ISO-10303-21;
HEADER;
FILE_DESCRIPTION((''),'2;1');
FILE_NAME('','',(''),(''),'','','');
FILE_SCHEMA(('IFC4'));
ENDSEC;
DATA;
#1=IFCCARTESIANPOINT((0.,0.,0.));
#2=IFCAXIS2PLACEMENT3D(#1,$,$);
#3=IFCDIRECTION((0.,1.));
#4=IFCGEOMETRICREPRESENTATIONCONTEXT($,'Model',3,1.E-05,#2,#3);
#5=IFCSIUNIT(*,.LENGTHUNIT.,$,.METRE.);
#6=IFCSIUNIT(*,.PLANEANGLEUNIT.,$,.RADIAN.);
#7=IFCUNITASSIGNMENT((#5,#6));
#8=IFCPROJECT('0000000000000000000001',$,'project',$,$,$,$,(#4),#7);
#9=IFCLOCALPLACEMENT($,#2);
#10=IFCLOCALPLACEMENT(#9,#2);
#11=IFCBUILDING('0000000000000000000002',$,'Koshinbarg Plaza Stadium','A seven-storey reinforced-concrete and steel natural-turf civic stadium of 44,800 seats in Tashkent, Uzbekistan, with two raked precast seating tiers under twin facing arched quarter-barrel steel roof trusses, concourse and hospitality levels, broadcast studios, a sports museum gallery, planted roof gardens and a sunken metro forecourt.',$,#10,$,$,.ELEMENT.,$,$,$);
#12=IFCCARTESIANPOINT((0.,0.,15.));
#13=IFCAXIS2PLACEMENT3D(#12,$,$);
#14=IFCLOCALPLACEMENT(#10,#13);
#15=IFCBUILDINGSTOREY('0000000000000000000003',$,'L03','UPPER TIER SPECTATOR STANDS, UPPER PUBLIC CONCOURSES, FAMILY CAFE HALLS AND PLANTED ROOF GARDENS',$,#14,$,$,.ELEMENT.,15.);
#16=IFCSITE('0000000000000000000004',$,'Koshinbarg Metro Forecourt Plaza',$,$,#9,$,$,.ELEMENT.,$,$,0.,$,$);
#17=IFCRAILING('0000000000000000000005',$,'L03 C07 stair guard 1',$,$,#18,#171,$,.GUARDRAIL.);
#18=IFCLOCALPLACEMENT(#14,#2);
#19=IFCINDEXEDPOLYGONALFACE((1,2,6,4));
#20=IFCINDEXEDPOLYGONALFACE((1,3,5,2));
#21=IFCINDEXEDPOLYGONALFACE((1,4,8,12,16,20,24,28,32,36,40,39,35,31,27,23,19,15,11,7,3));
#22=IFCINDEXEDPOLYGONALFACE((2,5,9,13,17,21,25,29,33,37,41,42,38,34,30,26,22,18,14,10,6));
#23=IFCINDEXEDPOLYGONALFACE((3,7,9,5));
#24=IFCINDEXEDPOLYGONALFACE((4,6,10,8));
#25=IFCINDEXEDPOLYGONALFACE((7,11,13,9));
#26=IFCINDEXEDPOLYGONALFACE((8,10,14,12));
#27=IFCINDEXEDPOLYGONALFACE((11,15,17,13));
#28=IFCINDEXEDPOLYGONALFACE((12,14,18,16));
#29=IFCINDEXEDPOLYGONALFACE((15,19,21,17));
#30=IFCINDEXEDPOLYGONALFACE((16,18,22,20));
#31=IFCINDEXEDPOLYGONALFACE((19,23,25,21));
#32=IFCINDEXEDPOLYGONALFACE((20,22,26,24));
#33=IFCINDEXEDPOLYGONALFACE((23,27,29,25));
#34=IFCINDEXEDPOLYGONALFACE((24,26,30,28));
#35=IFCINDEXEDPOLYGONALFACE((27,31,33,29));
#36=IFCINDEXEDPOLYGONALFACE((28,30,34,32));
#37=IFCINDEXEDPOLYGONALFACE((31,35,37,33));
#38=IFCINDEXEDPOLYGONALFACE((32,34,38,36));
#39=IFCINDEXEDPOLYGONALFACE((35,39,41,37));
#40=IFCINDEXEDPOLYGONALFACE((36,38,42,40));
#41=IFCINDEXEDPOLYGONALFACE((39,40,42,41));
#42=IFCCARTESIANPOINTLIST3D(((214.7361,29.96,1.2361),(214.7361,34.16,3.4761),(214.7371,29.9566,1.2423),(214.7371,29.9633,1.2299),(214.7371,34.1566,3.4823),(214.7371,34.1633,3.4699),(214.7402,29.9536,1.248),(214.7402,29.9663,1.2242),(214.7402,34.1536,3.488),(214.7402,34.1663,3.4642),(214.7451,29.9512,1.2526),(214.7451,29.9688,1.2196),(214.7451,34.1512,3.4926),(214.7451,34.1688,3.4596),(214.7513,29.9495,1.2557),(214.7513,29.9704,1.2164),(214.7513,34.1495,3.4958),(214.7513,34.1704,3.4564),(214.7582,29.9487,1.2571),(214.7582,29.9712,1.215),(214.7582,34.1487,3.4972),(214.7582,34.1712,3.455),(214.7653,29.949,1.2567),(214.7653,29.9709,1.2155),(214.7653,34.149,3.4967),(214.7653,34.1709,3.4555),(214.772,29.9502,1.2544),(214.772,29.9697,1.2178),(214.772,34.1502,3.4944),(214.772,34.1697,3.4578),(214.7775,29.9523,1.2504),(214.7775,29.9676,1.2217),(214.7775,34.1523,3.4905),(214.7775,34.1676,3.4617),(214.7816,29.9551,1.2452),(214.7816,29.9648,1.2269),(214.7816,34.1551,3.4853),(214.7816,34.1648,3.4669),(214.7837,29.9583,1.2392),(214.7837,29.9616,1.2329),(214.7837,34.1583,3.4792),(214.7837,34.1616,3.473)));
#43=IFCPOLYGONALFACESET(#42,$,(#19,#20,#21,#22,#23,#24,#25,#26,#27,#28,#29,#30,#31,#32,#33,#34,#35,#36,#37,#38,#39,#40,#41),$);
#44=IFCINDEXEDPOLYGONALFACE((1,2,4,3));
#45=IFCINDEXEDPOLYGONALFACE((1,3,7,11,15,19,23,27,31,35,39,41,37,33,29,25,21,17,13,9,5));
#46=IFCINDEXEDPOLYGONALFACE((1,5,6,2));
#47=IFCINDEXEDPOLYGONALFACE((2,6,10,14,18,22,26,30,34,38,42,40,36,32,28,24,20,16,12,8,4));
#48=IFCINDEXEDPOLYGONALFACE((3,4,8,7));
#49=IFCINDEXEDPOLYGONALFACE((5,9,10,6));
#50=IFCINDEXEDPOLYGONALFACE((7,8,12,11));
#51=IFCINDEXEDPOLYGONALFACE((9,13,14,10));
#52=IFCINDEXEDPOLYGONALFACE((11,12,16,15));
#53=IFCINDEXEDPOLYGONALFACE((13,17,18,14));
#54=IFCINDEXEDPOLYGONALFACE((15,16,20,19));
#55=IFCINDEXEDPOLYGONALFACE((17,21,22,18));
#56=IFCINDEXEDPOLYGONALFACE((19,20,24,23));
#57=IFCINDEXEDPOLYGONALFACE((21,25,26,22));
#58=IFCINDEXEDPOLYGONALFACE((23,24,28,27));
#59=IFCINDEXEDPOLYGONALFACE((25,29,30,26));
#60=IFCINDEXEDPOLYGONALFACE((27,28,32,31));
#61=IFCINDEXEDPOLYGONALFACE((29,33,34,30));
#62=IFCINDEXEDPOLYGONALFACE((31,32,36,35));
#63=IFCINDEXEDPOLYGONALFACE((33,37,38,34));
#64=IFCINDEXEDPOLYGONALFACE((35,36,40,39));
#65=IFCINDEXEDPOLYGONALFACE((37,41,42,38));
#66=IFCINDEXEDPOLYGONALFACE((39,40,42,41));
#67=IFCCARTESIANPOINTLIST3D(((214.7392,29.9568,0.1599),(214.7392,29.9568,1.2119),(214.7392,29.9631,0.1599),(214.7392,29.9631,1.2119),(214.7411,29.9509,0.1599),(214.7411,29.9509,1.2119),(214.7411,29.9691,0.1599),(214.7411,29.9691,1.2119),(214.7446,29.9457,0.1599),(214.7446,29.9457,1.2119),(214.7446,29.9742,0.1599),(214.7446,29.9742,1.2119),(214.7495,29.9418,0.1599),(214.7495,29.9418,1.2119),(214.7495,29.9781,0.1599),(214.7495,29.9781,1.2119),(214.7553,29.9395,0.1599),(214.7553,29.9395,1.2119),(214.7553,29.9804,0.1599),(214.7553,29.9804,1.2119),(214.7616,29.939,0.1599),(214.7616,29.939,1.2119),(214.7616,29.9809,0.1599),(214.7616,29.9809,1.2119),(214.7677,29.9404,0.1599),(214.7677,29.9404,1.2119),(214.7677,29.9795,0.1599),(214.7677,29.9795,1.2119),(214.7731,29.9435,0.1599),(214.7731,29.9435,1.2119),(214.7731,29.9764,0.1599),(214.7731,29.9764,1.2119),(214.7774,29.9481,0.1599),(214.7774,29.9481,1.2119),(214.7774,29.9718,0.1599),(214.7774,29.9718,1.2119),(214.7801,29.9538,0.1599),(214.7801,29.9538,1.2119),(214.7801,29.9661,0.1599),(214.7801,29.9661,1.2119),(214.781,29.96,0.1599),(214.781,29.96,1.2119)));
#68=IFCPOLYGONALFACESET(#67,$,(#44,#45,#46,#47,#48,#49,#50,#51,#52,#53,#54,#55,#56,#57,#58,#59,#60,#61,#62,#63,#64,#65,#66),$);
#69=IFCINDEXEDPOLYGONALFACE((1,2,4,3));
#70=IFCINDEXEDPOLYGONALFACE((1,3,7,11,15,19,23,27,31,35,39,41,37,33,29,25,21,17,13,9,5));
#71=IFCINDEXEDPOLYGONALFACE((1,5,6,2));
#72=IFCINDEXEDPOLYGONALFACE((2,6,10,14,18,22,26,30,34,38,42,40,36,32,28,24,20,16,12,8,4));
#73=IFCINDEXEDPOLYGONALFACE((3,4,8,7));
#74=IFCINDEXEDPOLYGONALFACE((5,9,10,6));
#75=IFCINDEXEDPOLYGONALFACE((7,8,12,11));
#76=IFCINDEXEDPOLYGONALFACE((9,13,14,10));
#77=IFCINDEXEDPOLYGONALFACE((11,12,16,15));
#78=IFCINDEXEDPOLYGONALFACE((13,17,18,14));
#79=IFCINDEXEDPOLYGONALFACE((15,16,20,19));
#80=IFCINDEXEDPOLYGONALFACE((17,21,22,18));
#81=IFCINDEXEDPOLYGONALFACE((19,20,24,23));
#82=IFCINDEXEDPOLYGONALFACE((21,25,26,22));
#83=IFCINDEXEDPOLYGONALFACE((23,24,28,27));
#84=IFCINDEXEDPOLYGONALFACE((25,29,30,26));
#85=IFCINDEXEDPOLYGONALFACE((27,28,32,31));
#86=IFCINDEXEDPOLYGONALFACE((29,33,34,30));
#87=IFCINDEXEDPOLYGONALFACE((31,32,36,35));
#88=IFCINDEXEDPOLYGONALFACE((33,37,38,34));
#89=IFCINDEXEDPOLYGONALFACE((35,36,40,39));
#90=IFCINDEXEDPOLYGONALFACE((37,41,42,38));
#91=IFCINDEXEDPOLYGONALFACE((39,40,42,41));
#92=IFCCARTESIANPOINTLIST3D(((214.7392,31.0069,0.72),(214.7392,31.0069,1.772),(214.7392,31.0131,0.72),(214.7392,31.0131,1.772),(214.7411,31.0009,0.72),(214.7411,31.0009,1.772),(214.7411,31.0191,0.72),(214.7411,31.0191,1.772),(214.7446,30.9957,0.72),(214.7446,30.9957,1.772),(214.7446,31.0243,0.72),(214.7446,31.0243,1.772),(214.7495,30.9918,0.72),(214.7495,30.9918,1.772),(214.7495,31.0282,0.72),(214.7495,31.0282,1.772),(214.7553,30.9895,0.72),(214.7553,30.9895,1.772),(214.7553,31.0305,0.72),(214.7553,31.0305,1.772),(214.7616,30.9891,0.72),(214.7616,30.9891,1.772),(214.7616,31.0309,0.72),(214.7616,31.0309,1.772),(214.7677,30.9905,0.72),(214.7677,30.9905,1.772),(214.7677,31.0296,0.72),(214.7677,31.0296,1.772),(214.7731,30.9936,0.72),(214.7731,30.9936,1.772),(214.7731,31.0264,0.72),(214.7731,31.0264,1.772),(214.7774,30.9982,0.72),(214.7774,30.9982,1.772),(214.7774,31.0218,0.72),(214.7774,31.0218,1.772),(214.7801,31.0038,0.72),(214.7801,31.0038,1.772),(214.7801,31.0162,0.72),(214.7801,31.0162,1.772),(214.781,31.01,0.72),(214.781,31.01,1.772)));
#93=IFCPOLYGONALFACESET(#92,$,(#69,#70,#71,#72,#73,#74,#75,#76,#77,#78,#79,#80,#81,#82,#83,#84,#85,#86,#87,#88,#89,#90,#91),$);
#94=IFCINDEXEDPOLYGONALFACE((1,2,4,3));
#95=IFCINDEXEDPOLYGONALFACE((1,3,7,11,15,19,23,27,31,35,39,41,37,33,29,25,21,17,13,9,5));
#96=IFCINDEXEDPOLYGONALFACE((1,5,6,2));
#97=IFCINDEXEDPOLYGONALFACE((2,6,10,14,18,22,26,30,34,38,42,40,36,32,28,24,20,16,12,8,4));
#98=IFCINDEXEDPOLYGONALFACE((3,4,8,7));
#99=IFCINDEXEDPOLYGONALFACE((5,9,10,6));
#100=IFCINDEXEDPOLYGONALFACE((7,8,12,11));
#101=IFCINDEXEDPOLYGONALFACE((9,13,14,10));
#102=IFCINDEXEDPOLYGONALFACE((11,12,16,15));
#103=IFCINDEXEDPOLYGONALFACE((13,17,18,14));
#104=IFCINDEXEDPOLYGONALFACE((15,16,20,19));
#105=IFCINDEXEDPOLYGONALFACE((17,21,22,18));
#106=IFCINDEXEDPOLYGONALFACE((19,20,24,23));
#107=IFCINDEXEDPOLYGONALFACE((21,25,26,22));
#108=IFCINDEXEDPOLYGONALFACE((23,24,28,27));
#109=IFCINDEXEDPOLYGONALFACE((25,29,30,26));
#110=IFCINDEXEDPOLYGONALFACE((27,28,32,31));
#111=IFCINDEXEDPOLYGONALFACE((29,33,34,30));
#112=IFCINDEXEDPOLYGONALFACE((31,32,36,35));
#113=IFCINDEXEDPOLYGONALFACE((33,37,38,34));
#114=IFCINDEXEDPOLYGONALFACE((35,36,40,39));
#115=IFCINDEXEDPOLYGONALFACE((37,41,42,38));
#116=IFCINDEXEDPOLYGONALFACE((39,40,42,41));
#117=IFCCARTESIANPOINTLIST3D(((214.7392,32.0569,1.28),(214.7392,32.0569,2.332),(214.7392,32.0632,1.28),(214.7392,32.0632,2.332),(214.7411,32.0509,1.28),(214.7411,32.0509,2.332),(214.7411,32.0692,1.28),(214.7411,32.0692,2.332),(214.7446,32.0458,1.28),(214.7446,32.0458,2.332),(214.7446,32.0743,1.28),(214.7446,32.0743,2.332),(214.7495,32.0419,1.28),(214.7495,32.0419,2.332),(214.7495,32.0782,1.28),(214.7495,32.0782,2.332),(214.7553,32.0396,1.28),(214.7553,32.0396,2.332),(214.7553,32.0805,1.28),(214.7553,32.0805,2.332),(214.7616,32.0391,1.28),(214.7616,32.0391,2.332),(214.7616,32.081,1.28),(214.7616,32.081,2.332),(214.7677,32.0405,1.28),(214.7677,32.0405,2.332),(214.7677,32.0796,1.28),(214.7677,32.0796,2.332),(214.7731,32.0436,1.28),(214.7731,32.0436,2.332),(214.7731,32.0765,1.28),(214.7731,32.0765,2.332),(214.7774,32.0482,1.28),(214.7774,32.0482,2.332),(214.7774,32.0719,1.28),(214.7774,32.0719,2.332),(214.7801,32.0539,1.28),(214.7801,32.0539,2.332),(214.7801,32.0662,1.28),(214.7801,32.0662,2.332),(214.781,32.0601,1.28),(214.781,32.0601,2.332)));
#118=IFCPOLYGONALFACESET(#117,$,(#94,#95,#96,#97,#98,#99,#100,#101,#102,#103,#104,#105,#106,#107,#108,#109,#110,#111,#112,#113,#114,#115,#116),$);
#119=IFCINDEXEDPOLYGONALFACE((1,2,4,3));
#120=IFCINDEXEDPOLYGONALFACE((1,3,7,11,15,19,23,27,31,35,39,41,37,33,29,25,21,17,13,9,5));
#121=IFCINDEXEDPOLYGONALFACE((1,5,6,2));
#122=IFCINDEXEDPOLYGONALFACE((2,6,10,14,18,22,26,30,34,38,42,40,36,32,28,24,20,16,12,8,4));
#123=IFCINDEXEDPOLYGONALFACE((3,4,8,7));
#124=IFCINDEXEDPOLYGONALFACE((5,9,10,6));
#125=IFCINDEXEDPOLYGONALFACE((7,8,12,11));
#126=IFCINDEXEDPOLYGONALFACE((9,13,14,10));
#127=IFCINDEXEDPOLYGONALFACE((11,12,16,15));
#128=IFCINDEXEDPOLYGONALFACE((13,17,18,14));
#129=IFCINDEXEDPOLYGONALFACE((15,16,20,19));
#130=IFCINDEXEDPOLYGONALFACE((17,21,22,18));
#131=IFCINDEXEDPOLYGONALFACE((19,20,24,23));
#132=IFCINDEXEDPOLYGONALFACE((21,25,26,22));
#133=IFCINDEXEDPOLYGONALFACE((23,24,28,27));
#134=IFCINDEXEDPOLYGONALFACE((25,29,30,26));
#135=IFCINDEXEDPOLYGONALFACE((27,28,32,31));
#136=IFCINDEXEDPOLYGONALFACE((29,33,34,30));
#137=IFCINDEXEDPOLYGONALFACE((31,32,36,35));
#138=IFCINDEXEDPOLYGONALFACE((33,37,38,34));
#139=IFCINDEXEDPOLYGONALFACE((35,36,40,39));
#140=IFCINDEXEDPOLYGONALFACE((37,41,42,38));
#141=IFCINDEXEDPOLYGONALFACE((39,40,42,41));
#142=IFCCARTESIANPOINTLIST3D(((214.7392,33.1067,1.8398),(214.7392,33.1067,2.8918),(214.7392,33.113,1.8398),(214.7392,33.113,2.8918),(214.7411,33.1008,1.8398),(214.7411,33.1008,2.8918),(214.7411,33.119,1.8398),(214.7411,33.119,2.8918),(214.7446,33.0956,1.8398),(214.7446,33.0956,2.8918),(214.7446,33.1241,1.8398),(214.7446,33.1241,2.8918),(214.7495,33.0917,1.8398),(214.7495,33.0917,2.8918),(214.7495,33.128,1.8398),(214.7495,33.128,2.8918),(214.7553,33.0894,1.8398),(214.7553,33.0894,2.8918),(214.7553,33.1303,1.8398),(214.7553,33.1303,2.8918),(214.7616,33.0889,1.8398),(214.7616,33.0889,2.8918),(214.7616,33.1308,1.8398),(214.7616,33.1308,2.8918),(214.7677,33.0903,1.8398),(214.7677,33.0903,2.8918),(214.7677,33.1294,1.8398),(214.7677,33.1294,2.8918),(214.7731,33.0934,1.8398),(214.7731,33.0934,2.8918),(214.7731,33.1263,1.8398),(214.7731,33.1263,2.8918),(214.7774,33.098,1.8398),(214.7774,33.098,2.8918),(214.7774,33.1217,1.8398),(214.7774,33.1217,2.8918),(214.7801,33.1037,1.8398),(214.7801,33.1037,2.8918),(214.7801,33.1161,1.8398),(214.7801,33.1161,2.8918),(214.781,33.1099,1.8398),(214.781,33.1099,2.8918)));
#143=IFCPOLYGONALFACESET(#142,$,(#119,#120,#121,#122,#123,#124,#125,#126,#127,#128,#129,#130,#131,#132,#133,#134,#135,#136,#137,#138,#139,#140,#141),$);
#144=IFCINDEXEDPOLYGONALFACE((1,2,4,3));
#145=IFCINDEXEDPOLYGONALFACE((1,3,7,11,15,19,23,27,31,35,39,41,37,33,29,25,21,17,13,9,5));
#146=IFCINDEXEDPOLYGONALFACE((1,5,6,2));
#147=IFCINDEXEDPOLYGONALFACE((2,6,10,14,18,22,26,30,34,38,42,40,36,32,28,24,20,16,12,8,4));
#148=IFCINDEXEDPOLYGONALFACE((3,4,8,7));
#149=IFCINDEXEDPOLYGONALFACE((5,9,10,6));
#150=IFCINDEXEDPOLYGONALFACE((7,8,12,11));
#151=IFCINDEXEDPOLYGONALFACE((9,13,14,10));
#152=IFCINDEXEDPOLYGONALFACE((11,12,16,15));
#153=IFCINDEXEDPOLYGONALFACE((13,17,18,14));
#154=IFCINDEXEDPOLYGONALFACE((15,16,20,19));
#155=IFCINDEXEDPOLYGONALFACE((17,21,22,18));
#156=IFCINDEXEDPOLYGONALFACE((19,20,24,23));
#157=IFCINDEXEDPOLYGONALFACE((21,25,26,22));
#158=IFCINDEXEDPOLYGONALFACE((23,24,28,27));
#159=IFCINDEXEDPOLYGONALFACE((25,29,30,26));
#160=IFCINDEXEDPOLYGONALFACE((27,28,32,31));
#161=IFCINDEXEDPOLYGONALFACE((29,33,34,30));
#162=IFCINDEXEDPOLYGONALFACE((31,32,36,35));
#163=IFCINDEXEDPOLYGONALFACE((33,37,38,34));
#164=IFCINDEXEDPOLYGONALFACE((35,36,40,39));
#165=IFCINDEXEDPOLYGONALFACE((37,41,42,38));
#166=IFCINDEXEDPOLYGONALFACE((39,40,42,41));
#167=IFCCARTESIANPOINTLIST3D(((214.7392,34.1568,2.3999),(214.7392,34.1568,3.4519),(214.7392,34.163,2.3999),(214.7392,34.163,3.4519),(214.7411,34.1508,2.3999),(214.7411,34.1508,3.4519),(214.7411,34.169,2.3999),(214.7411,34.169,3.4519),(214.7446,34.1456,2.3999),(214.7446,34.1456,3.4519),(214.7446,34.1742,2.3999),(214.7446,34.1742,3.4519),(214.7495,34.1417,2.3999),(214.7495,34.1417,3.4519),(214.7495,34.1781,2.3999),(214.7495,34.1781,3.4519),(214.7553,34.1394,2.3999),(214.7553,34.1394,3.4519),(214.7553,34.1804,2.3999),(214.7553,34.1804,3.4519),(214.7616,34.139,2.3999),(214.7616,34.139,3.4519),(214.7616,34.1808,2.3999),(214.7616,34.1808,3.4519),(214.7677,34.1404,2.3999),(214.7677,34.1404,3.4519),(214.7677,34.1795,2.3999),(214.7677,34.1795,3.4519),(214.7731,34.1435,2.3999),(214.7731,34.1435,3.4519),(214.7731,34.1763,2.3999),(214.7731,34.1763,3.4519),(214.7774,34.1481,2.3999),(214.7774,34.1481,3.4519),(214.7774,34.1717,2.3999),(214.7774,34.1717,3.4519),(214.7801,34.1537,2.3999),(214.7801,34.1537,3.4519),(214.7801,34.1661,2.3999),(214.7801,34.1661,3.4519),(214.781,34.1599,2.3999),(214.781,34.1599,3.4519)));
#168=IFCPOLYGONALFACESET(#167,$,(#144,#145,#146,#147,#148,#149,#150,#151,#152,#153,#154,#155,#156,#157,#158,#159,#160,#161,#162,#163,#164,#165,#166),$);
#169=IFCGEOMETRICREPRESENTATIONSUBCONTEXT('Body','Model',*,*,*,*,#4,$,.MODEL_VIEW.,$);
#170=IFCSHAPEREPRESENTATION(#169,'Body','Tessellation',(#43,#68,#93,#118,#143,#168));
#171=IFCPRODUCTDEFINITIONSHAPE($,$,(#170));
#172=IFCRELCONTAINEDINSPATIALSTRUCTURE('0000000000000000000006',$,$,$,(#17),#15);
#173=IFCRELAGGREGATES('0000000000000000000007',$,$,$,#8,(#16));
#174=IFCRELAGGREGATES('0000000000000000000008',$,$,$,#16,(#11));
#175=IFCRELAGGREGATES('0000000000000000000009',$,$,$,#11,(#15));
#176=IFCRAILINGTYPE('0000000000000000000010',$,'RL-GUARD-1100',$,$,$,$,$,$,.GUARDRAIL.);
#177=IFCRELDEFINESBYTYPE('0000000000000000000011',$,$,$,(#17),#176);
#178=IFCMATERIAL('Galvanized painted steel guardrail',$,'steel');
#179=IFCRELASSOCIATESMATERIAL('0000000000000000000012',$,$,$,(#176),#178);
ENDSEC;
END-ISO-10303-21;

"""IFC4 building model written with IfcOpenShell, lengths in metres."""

from ifc_helpers import new_model, si_unit, direction, frame, origin, origin_2d, place, context, subcontext, project, spatial, circle, extrude, material, type_object, element, save


model = new_model("IFC4")

# Units and contexts
model_context = context("Model", 3, precision=1e-05, world=origin(), true_north=direction((0.0, 1.0)))
body_context = subcontext(model_context, "Body", "Model", "MODEL_VIEW")
ifc_project = project(units=[si_unit("LENGTHUNIT", "METRE"), si_unit("PLANEANGLEUNIT", "RADIAN")], contexts=[model_context])

# Site, building, storey
site_placement = place(None, origin())
site = spatial("IfcSite", under=ifc_project, at=site_placement, Name="Koshinbarg Metro Forecourt Plaza", CompositionType="ELEMENT", RefElevation=0.0)
building_placement = place(site_placement, origin())
building = spatial("IfcBuilding", under=site, at=building_placement, Name="Koshinbarg Plaza Stadium", Description="A seven-storey reinforced-concrete and steel natural-turf civic stadium of 44,800 seats in Tashkent, Uzbekistan, with two raked precast seating tiers under twin facing arched quarter-barrel steel roof trusses, concourse and hospitality levels, broadcast studios, a sports museum gallery, planted roof gardens and a sunken metro forecourt.", CompositionType="ELEMENT")
storey_placement = place(building_placement, frame((0.0, 0.0, 15.0)))
storey = spatial("IfcBuildingStorey", under=building, at=storey_placement, Name="L03", Description="UPPER TIER SPECTATOR STANDS, UPPER PUBLIC CONCOURSES, FAMILY CAFE HALLS AND PLANTED ROOF GARDENS", CompositionType="ELEMENT", Elevation=15.0)

# Railing
ifc_material_1 = material(Name="Galvanized painted steel guardrail", Category="steel")
railing_type_1 = type_object("IfcRailingType", Name="RL-GUARD-1100", PredefinedType="GUARDRAIL", material=ifc_material_1)
railing_1_placement = place(storey_placement, frame((214.76, 29.96, 0.1599)))
element("IfcRailing", 1, at=railing_1_placement, inside=storey, type_object=railing_type_1, Name="L03 C07 stair guard 1", PredefinedType="GUARDRAIL", context=body_context, shape_type="SweptSolid", body=[
    extrude(circle(Radius=0.0239, at=origin_2d()), frame((0.0, 0.0, 1.0762), z_axis=(0.0, 0.882352, 0.470591), x_axis=(-1.0, 0.0, 0.0)), (0.0, 0.0, 1.0), 4.76),
    extrude(circle(Radius=0.021, at=origin_2d()), origin(), (0.0, 0.0, 1.0), 1.052),
    extrude(circle(Radius=0.021, at=origin_2d()), frame((0.0, 1.05, 0.5601)), (0.0, 0.0, 1.0), 1.052),
    extrude(circle(Radius=0.021, at=origin_2d()), frame((0.0, 2.1001, 1.1201)), (0.0, 0.0, 1.0), 1.052),
    extrude(circle(Radius=0.021, at=origin_2d()), frame((0.0, 3.1499, 1.6799)), (0.0, 0.0, 1.0), 1.052),
    extrude(circle(Radius=0.021, at=origin_2d()), frame((0.0, 4.2, 2.24)), (0.0, 0.0, 1.0), 1.052),
])

save(model, "model.ifc")
